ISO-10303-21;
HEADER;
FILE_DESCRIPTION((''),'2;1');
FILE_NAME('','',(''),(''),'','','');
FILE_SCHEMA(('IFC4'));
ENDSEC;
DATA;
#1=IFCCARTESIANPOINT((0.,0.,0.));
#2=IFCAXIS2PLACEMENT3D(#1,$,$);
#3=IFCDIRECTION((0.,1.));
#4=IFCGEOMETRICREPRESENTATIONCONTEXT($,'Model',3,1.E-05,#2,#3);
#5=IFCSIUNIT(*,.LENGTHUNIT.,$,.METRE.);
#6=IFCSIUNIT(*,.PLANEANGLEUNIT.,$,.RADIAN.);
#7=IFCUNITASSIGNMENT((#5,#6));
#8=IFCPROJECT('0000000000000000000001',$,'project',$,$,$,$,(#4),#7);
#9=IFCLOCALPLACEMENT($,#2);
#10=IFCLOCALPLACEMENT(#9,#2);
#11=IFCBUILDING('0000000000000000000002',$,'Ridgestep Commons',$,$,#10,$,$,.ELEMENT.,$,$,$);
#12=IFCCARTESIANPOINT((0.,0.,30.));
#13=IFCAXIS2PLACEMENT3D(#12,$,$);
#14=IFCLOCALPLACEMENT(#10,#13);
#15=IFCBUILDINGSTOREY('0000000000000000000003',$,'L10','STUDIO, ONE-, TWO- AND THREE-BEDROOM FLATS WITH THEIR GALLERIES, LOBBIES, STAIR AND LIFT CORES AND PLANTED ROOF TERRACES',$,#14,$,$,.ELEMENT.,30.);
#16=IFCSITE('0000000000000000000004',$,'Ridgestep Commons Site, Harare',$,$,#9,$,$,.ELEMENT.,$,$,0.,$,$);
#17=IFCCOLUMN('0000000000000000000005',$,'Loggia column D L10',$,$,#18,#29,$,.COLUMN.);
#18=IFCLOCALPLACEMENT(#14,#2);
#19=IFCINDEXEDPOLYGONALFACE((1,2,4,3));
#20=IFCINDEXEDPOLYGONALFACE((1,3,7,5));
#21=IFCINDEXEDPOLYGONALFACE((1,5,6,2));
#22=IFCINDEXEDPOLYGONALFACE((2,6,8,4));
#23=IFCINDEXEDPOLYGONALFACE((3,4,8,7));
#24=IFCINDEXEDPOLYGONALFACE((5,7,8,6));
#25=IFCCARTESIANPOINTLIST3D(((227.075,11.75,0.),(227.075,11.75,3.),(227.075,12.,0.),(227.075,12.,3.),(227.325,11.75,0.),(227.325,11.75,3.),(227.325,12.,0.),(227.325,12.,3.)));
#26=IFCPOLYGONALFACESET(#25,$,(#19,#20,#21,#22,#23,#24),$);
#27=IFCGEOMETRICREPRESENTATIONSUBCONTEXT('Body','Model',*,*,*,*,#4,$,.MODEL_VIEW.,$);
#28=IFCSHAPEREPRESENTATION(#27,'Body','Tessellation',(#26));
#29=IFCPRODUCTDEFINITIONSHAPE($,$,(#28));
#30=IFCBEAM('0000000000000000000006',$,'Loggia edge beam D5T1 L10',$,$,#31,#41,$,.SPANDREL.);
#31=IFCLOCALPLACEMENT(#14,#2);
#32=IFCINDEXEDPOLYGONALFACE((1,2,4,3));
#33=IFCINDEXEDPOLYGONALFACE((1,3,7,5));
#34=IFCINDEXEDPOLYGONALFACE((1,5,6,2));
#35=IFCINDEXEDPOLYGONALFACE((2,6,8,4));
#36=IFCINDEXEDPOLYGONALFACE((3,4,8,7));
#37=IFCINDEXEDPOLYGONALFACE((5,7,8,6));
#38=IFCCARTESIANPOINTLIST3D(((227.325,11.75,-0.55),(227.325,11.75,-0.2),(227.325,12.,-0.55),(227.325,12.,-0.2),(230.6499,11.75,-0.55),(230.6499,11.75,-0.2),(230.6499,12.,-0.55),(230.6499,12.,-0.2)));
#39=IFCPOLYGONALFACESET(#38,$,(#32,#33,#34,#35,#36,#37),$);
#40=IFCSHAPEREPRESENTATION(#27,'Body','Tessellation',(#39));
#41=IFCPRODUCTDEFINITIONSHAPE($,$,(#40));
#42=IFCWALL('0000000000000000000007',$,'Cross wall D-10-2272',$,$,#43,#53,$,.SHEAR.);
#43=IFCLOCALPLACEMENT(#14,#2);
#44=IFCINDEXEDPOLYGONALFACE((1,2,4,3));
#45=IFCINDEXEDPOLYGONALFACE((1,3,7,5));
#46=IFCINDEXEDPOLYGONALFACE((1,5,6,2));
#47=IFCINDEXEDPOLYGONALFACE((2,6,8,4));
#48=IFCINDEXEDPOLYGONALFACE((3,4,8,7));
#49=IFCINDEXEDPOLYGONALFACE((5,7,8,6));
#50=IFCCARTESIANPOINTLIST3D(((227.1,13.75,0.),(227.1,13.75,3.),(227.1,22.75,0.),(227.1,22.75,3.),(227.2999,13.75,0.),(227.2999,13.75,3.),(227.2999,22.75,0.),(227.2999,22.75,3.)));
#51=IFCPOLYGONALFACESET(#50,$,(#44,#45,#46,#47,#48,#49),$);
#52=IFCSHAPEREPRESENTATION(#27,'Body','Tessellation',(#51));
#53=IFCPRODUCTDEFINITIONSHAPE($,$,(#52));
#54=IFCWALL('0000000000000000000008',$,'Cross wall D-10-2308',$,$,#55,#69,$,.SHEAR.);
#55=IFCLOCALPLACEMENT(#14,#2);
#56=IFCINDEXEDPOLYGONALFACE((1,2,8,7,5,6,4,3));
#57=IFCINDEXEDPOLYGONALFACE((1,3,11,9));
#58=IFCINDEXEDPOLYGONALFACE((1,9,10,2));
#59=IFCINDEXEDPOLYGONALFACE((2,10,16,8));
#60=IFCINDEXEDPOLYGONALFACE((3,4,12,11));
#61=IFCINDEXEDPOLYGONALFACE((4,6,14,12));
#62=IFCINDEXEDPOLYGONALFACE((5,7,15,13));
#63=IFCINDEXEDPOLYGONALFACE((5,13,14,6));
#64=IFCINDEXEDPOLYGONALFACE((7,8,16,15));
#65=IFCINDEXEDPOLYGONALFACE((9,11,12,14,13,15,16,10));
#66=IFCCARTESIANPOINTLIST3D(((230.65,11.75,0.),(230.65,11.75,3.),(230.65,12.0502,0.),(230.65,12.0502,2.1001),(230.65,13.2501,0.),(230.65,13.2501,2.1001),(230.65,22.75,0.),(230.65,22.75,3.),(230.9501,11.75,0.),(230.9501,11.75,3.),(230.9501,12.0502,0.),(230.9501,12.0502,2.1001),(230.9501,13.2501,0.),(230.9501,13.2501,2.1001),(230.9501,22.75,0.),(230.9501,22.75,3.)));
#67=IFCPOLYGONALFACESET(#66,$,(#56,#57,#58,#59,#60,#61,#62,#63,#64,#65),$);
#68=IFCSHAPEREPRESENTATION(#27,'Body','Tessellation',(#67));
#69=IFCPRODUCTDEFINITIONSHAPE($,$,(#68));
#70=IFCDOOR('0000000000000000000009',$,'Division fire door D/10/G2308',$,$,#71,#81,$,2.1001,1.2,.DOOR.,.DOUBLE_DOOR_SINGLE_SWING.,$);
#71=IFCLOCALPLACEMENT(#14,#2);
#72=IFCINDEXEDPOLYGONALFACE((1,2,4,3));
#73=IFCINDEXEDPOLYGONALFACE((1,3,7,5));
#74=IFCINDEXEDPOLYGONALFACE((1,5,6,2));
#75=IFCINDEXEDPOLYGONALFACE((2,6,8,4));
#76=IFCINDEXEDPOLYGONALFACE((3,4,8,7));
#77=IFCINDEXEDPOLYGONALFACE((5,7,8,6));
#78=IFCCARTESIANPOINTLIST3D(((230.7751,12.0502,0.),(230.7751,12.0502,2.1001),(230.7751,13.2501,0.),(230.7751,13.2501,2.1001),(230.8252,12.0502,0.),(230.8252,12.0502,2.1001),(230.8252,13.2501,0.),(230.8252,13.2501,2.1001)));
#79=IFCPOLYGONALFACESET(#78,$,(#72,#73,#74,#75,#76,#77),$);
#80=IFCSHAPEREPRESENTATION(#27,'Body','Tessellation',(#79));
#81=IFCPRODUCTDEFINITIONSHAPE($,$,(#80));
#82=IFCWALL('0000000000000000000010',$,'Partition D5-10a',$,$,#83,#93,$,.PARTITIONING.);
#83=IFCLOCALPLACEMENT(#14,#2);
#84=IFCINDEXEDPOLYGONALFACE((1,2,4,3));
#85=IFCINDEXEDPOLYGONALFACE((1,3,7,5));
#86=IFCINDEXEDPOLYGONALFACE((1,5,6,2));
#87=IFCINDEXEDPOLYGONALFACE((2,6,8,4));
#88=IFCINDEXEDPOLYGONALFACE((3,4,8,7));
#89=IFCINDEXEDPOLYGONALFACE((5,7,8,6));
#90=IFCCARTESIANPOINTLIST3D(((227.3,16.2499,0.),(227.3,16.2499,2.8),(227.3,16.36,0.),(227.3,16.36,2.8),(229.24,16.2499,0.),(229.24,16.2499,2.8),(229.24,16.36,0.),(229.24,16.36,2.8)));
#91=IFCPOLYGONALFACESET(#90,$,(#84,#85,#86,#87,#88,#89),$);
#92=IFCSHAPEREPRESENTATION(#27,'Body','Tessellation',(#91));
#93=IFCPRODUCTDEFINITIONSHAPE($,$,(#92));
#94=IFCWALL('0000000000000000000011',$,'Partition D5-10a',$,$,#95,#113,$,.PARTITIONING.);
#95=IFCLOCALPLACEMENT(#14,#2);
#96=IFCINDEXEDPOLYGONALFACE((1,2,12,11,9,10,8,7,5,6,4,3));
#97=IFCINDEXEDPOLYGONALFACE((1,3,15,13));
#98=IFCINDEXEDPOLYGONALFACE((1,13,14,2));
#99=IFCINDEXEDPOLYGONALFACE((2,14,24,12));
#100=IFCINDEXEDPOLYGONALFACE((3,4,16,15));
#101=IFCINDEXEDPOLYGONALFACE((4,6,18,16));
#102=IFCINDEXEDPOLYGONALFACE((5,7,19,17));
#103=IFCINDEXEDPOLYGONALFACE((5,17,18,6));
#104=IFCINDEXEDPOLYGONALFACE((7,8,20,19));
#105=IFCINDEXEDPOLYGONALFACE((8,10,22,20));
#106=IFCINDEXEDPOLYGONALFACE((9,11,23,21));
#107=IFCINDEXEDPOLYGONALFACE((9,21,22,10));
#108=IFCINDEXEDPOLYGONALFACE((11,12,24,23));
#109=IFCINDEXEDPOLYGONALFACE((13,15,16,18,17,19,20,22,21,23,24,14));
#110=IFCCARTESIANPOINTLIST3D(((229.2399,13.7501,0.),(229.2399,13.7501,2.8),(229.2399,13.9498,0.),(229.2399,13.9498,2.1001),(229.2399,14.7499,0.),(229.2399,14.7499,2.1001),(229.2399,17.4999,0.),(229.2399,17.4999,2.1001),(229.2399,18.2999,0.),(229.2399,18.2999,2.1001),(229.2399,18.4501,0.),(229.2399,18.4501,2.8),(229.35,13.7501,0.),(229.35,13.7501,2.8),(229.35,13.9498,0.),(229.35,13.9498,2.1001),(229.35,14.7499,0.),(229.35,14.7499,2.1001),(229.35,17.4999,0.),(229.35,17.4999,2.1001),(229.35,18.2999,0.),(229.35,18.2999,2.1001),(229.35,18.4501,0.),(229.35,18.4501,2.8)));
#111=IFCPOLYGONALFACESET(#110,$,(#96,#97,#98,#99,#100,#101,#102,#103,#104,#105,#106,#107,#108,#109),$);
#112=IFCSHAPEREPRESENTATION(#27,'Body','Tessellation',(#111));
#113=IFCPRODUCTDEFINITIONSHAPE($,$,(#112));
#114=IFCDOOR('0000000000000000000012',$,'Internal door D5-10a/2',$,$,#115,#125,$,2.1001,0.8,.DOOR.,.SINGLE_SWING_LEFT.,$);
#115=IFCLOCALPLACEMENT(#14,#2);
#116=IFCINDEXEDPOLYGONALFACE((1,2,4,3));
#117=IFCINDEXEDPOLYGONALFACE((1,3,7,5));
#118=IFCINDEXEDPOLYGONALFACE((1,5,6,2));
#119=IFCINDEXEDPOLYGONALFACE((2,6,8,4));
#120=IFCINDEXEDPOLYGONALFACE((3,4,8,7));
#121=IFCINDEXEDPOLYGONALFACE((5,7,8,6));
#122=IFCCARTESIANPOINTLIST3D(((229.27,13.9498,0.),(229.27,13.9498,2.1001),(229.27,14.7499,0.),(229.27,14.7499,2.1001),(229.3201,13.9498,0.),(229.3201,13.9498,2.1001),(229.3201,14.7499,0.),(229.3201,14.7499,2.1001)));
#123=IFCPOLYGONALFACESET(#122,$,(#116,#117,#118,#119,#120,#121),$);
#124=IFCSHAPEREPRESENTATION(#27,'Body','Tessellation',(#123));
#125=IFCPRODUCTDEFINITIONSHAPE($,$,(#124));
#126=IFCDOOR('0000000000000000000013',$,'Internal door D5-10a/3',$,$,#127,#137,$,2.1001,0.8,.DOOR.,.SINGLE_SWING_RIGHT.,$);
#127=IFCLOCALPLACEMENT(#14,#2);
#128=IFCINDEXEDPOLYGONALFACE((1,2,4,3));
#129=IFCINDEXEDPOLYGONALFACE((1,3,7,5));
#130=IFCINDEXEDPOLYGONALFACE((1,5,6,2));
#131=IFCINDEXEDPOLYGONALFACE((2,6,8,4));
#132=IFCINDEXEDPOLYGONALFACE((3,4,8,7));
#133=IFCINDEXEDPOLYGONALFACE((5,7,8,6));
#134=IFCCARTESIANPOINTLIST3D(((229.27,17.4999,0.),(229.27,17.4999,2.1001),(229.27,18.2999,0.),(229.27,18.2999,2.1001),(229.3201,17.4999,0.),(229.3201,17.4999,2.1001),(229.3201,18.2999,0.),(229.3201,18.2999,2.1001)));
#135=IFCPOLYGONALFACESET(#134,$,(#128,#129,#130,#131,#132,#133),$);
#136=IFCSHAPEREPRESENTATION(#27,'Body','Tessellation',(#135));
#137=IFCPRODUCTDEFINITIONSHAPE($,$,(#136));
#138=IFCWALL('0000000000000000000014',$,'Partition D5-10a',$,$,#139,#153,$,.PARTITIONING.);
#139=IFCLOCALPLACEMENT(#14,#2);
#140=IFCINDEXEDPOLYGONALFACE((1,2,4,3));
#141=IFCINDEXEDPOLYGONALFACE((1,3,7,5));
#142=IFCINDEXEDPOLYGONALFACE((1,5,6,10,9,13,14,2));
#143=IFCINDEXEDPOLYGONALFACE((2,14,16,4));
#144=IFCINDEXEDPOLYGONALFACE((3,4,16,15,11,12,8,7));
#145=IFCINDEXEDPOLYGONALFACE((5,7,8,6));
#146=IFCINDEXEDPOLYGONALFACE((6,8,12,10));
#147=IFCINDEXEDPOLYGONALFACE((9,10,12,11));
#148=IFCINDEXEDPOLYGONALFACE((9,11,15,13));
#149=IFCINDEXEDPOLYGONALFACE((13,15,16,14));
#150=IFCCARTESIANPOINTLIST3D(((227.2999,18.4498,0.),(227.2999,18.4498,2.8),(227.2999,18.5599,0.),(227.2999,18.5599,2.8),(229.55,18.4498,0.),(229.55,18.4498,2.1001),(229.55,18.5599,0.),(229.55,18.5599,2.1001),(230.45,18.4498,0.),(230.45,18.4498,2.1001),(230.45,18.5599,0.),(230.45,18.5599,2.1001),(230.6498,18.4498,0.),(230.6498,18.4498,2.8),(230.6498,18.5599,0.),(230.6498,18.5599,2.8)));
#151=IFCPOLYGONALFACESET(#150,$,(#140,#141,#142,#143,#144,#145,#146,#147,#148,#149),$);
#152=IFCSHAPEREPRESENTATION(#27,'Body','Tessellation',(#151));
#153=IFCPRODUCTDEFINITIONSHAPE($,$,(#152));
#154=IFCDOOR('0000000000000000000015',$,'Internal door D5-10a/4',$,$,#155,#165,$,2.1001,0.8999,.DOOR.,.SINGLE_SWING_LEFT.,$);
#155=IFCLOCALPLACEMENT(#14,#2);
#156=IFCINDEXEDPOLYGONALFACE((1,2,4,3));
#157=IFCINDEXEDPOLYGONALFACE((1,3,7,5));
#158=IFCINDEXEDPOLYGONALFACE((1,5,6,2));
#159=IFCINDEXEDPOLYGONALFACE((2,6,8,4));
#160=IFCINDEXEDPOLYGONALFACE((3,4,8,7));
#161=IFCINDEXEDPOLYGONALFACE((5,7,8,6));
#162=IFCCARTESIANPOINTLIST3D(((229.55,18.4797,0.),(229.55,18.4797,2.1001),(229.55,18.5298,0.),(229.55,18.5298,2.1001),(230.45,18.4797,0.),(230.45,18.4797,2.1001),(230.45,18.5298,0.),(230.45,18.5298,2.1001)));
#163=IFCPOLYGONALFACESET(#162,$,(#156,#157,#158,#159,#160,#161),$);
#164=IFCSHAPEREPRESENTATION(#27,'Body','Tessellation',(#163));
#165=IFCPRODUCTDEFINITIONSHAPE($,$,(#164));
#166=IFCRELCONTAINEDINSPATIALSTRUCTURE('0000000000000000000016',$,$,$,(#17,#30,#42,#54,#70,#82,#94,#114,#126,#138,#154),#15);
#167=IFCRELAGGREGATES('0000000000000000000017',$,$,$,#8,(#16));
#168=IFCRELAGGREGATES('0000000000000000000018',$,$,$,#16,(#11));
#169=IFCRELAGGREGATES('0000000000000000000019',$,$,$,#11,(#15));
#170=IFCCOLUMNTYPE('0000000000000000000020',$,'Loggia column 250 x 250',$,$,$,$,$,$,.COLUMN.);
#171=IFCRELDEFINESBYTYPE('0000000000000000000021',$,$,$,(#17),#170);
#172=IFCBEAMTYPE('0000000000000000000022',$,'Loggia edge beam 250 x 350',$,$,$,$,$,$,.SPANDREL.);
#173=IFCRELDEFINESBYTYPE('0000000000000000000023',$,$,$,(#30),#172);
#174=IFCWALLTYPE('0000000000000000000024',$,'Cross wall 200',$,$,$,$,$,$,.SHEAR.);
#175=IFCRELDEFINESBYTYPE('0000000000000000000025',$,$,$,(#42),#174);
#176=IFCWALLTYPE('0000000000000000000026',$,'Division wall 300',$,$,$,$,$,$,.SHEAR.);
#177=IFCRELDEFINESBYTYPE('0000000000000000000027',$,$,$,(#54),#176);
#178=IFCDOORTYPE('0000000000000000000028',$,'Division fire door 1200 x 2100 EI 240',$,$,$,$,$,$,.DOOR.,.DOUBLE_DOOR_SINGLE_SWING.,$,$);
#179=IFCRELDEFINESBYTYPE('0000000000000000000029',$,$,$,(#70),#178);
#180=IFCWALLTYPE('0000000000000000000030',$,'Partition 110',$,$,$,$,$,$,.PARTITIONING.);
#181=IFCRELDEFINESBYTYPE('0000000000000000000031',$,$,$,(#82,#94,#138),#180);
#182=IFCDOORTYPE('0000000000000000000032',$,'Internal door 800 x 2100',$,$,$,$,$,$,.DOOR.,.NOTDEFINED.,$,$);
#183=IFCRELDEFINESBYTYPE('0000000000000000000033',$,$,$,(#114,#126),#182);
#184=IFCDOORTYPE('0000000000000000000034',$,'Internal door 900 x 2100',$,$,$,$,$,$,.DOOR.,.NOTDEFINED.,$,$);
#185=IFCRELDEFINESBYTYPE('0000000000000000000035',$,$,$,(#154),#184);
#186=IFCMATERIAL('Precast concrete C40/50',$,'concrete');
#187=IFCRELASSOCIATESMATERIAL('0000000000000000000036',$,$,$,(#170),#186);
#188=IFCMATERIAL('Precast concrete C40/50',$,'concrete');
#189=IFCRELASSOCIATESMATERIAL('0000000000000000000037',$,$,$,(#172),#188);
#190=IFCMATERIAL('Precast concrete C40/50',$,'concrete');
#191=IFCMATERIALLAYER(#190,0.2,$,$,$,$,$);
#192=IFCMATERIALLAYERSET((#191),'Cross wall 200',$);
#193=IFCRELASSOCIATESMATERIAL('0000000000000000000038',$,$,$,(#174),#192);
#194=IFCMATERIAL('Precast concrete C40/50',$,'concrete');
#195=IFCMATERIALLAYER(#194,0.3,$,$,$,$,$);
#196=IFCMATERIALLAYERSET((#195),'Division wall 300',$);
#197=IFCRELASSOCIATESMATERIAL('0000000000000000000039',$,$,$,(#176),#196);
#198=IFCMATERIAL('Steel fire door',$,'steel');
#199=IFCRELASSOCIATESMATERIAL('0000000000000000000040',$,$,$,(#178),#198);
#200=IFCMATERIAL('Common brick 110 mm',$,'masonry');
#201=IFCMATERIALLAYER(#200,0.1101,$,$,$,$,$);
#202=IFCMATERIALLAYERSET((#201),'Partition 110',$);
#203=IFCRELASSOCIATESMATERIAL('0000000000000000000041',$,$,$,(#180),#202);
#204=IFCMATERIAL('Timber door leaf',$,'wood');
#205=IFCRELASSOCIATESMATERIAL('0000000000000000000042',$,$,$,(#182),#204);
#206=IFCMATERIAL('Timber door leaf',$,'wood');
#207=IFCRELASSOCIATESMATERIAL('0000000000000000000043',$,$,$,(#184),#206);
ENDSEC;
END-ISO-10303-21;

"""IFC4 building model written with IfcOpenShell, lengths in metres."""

from ifc_helpers import new_model, si_unit, direction, frame, frame_2d, origin, origin_2d, place, context, subcontext, project, spatial, rectangle, extrude, material, layer, layer_set, material_profile, profile_set, type_object, element, fill, save


model = new_model("IFC4")

# Units and contexts
model_context = context("Model", 3, precision=1e-05, world=origin(), true_north=direction((0.0, 1.0)))
body_context = subcontext(model_context, "Body", "Model", "MODEL_VIEW")
ifc_project = project(units=[si_unit("LENGTHUNIT", "METRE"), si_unit("PLANEANGLEUNIT", "RADIAN")], contexts=[model_context])

# Site, building, storey
site_placement = place(None, origin())
site = spatial("IfcSite", under=ifc_project, at=site_placement, Name="Ridgestep Commons Site, Harare", CompositionType="ELEMENT", RefElevation=0.0)
building_placement = place(site_placement, origin())
building = spatial("IfcBuilding", under=site, at=building_placement, Name="Ridgestep Commons", CompositionType="ELEMENT")
storey_placement = place(building_placement, frame((0.0, 0.0, 30.0)))
storey = spatial("IfcBuildingStorey", under=building, at=storey_placement, Name="L10", Description="STUDIO, ONE-, TWO- AND THREE-BEDROOM FLATS WITH THEIR GALLERIES, LOBBIES, STAIR AND LIFT CORES AND PLANTED ROOF TERRACES", CompositionType="ELEMENT", Elevation=30.0)

# Column
ifc_material_1 = material(Name="Precast concrete C40/50", Category="concrete")
ifc_material_profile_1 = material_profile(ifc_material_1, rectangle(XDim=0.25, YDim=0.25, at=origin_2d()), Name="PC 250x250")
ifc_profile_set_1 = profile_set([ifc_material_profile_1], Name="Precast concrete C40/50")
column_type = type_object("IfcColumnType", Name="Loggia column 250 x 250", PredefinedType="COLUMN", material=ifc_profile_set_1)
column_placement = place(storey_placement, frame((227.2, 11.875, 0.0), z_axis=(0.0, 0.0, 1.0), x_axis=(1.0, 0.0, 0.0)))
element("IfcColumn", 1, at=column_placement, inside=storey, type_object=column_type, Name="Loggia column D L10", PredefinedType="COLUMN", context=body_context, shape_type="SweptSolid", body=[
    extrude(rectangle(XDim=0.25, YDim=0.25, at=origin_2d()), origin(), (0.0, 0.0, 1.0), 3.0),
])

# Beam
ifc_material_2 = material(Name="Precast concrete C40/50", Category="concrete")
ifc_material_profile_2 = material_profile(ifc_material_2, rectangle(XDim=0.25, YDim=0.3501, at=origin_2d()), Name="PC 250x350")
ifc_profile_set_2 = profile_set([ifc_material_profile_2], Name="Precast concrete C40/50")
beam_type = type_object("IfcBeamType", Name="Loggia edge beam 250 x 350", PredefinedType="SPANDREL", material=ifc_profile_set_2)
beam_placement = place(storey_placement, frame((227.325, 11.875, -0.375), z_axis=(1.0, 0.0, 0.0), x_axis=(0.0, 1.0, 0.0)))
element("IfcBeam", 2, at=beam_placement, inside=storey, type_object=beam_type, Name="Loggia edge beam D5T1 L10", PredefinedType="SPANDREL", context=body_context, shape_type="SweptSolid", body=[
    extrude(rectangle(XDim=0.25, YDim=0.3501, at=origin_2d()), origin(), (0.0, 0.0, 1.0), 3.325),
])

# Wall
ifc_material_3 = material(Name="Precast concrete C40/50", Category="concrete")
ifc_layer_1 = layer(ifc_material_3, 0.2)
ifc_layer_set_1 = layer_set([ifc_layer_1], Name="Cross wall 200")
wall_type_1 = type_object("IfcWallType", Name="Cross wall 200", PredefinedType="SHEAR", material=ifc_layer_set_1)
wall_1_placement = place(storey_placement, frame((227.2, 13.75, 0.0), z_axis=(0.0, 0.0, 1.0), x_axis=(0.0, 1.0, 0.0)))
element("IfcWall", 3, at=wall_1_placement, inside=storey, type_object=wall_type_1, Name="Cross wall D-10-2272", PredefinedType="SHEAR", context=body_context, shape_type="SweptSolid", body=[
    extrude(rectangle(XDim=9.0, YDim=0.2, at=frame_2d((4.5, 0.0))), origin(), (0.0, 0.0, 1.0), 3.0),
])

# Wall, opening, door
ifc_material_4 = material(Name="Precast concrete C40/50", Category="concrete")
ifc_layer_2 = layer(ifc_material_4, 0.3)
ifc_layer_set_2 = layer_set([ifc_layer_2], Name="Division wall 300")
wall_type_2 = type_object("IfcWallType", Name="Division wall 300", PredefinedType="SHEAR", material=ifc_layer_set_2)
wall_2_placement = place(storey_placement, frame((230.8, 11.75, 0.0), z_axis=(0.0, 0.0, 1.0), x_axis=(0.0, 1.0, 0.0)))
wall_2 = element("IfcWall", 4, at=wall_2_placement, inside=storey, type_object=wall_type_2, Name="Cross wall D-10-2308", PredefinedType="SHEAR", context=body_context, shape_type="SweptSolid", body=[
    extrude(rectangle(XDim=11.0, YDim=0.3, at=frame_2d((5.5, 0.0))), origin(), (0.0, 0.0, 1.0), 3.0),
])
opening_1_placement = place(wall_2_placement, frame((0.3, 0.0, 0.0)))
opening_1 = element("IfcOpeningElement", 5, at=opening_1_placement, cuts=wall_2, PredefinedType="OPENING", context=body_context, shape_type="SweptSolid", body=[
    extrude(rectangle(XDim=1.2, YDim=2.1001, at=frame_2d((0.6001, 1.05))), frame((0.0, 0.1599, 0.0), z_axis=(0.0, -1.0, 0.0), x_axis=(1.0, 0.0, 0.0)), (0.0, 0.0, 1.0), 0.3201),
])
ifc_material_5 = material(Name="Steel fire door", Category="steel")
door_type_1 = type_object("IfcDoorType", Name="Division fire door 1200 x 2100 EI 240", OperationType="DOUBLE_DOOR_SINGLE_SWING", PredefinedType="DOOR", material=ifc_material_5)
door_1_placement = place(opening_1_placement, origin())
door_1 = element("IfcDoor", 6, at=door_1_placement, inside=storey, type_object=door_type_1, Name="Division fire door D/10/G2308", OperationType="DOUBLE_DOOR_SINGLE_SWING", OverallHeight=2.1001, OverallWidth=1.2, PredefinedType="DOOR", context=body_context, shape_type="SweptSolid", body=[
    extrude(rectangle(XDim=1.2, YDim=2.1001, at=frame_2d((0.6001, 1.05))), frame((0.0, 0.0249, 0.0), z_axis=(0.0, -1.0, 0.0), x_axis=(1.0, 0.0, 0.0)), (0.0, 0.0, 1.0), 0.05),
])
fill(opening_1, door_1)

# Wall
ifc_material_6 = material(Name="Common brick 110 mm", Category="masonry")
ifc_layer_3 = layer(ifc_material_6, 0.1101)
ifc_layer_set_3 = layer_set([ifc_layer_3], Name="Partition 110")
wall_type_3 = type_object("IfcWallType", Name="Partition 110", PredefinedType="PARTITIONING", material=ifc_layer_set_3)
wall_3_placement = place(storey_placement, frame((227.3, 16.3049, 0.0), z_axis=(0.0, 0.0, 1.0), x_axis=(1.0, 0.0, 0.0)))
element("IfcWall", 7, at=wall_3_placement, inside=storey, type_object=wall_type_3, Name="Partition D5-10a", PredefinedType="PARTITIONING", context=body_context, shape_type="SweptSolid", body=[
    extrude(rectangle(XDim=1.9399, YDim=0.1101, at=frame_2d((0.97, 0.0))), origin(), (0.0, 0.0, 1.0), 2.8),
])

# Wall, openings, doors
wall_4_placement = place(storey_placement, frame((229.2949, 13.75, 0.0), z_axis=(0.0, 0.0, 1.0), x_axis=(0.0, 1.0, 0.0)))
wall_4 = element("IfcWall", 8, at=wall_4_placement, inside=storey, type_object=wall_type_3, Name="Partition D5-10a", PredefinedType="PARTITIONING", context=body_context, shape_type="SweptSolid", body=[
    extrude(rectangle(XDim=4.7, YDim=0.1101, at=frame_2d((2.3501, 0.0))), origin(), (0.0, 0.0, 1.0), 2.8),
])
opening_2_placement = place(wall_4_placement, frame((0.2, 0.0, 0.0)))
opening_2 = element("IfcOpeningElement", 9, at=opening_2_placement, cuts=wall_4, PredefinedType="OPENING", context=body_context, shape_type="SweptSolid", body=[
    extrude(rectangle(XDim=0.8, YDim=2.1001, at=frame_2d((0.3999, 1.05))), frame((0.0, 0.0649, 0.0), z_axis=(0.0, -1.0, 0.0), x_axis=(1.0, 0.0, 0.0)), (0.0, 0.0, 1.0), 0.1301),
])
opening_3_placement = place(wall_4_placement, frame((3.75, 0.0, 0.0)))
opening_3 = element("IfcOpeningElement", 10, at=opening_3_placement, cuts=wall_4, PredefinedType="OPENING", context=body_context, shape_type="SweptSolid", body=[
    extrude(rectangle(XDim=0.8, YDim=2.1001, at=frame_2d((0.3999, 1.05))), frame((0.0, 0.0649, 0.0), z_axis=(0.0, -1.0, 0.0), x_axis=(1.0, 0.0, 0.0)), (0.0, 0.0, 1.0), 0.1301),
])
ifc_material_7 = material(Name="Timber door leaf", Category="wood")
door_type_2 = type_object("IfcDoorType", Name="Internal door 800 x 2100", OperationType="NOTDEFINED", PredefinedType="DOOR", material=ifc_material_7)
door_2_placement = place(opening_2_placement, origin())
door_2 = element("IfcDoor", 11, at=door_2_placement, inside=storey, type_object=door_type_2, Name="Internal door D5-10a/2", OperationType="SINGLE_SWING_LEFT", OverallHeight=2.1001, OverallWidth=0.8, PredefinedType="DOOR", context=body_context, shape_type="SweptSolid", body=[
    extrude(rectangle(XDim=0.8, YDim=2.1001, at=frame_2d((0.3999, 1.05))), frame((0.0, 0.0249, 0.0), z_axis=(0.0, -1.0, 0.0), x_axis=(1.0, 0.0, 0.0)), (0.0, 0.0, 1.0), 0.05),
])
fill(opening_2, door_2)
door_3_placement = place(opening_3_placement, origin())
door_3 = element("IfcDoor", 12, at=door_3_placement, inside=storey, type_object=door_type_2, Name="Internal door D5-10a/3", OperationType="SINGLE_SWING_RIGHT", OverallHeight=2.1001, OverallWidth=0.8, PredefinedType="DOOR", context=body_context, shape_type="SweptSolid", body=[
    extrude(rectangle(XDim=0.8, YDim=2.1001, at=frame_2d((0.3999, 1.05))), frame((0.0, 0.0249, 0.0), z_axis=(0.0, -1.0, 0.0), x_axis=(1.0, 0.0, 0.0)), (0.0, 0.0, 1.0), 0.05),
])
fill(opening_3, door_3)

# Wall, opening, door
wall_5_placement = place(storey_placement, frame((227.3, 18.5049, 0.0), z_axis=(0.0, 0.0, 1.0), x_axis=(1.0, 0.0, 0.0)))
wall_5 = element("IfcWall", 13, at=wall_5_placement, inside=storey, type_object=wall_type_3, Name="Partition D5-10a", PredefinedType="PARTITIONING", context=body_context, shape_type="SweptSolid", body=[
    extrude(rectangle(XDim=3.3499, YDim=0.1101, at=frame_2d((1.6748, 0.0))), origin(), (0.0, 0.0, 1.0), 2.8),
])
opening_4_placement = place(wall_5_placement, frame((2.25, 0.0, 0.0)))
opening_4 = element("IfcOpeningElement", 14, at=opening_4_placement, cuts=wall_5, PredefinedType="OPENING", context=body_context, shape_type="SweptSolid", body=[
    extrude(rectangle(XDim=0.8999, YDim=2.1001, at=frame_2d((0.45, 1.05))), frame((0.0, 0.0649, 0.0), z_axis=(0.0, -1.0, 0.0), x_axis=(1.0, 0.0, 0.0)), (0.0, 0.0, 1.0), 0.1301),
])
ifc_material_8 = material(Name="Timber door leaf", Category="wood")
door_type_3 = type_object("IfcDoorType", Name="Internal door 900 x 2100", OperationType="NOTDEFINED", PredefinedType="DOOR", material=ifc_material_8)
door_4_placement = place(opening_4_placement, origin())
door_4 = element("IfcDoor", 15, at=door_4_placement, inside=storey, type_object=door_type_3, Name="Internal door D5-10a/4", OperationType="SINGLE_SWING_LEFT", OverallHeight=2.1001, OverallWidth=0.8999, PredefinedType="DOOR", context=body_context, shape_type="SweptSolid", body=[
    extrude(rectangle(XDim=0.8999, YDim=2.1001, at=frame_2d((0.45, 1.05))), frame((0.0, 0.0249, 0.0), z_axis=(0.0, -1.0, 0.0), x_axis=(1.0, 0.0, 0.0)), (0.0, 0.0, 1.0), 0.05),
])
fill(opening_4, door_4)

save(model, "model.ifc")
